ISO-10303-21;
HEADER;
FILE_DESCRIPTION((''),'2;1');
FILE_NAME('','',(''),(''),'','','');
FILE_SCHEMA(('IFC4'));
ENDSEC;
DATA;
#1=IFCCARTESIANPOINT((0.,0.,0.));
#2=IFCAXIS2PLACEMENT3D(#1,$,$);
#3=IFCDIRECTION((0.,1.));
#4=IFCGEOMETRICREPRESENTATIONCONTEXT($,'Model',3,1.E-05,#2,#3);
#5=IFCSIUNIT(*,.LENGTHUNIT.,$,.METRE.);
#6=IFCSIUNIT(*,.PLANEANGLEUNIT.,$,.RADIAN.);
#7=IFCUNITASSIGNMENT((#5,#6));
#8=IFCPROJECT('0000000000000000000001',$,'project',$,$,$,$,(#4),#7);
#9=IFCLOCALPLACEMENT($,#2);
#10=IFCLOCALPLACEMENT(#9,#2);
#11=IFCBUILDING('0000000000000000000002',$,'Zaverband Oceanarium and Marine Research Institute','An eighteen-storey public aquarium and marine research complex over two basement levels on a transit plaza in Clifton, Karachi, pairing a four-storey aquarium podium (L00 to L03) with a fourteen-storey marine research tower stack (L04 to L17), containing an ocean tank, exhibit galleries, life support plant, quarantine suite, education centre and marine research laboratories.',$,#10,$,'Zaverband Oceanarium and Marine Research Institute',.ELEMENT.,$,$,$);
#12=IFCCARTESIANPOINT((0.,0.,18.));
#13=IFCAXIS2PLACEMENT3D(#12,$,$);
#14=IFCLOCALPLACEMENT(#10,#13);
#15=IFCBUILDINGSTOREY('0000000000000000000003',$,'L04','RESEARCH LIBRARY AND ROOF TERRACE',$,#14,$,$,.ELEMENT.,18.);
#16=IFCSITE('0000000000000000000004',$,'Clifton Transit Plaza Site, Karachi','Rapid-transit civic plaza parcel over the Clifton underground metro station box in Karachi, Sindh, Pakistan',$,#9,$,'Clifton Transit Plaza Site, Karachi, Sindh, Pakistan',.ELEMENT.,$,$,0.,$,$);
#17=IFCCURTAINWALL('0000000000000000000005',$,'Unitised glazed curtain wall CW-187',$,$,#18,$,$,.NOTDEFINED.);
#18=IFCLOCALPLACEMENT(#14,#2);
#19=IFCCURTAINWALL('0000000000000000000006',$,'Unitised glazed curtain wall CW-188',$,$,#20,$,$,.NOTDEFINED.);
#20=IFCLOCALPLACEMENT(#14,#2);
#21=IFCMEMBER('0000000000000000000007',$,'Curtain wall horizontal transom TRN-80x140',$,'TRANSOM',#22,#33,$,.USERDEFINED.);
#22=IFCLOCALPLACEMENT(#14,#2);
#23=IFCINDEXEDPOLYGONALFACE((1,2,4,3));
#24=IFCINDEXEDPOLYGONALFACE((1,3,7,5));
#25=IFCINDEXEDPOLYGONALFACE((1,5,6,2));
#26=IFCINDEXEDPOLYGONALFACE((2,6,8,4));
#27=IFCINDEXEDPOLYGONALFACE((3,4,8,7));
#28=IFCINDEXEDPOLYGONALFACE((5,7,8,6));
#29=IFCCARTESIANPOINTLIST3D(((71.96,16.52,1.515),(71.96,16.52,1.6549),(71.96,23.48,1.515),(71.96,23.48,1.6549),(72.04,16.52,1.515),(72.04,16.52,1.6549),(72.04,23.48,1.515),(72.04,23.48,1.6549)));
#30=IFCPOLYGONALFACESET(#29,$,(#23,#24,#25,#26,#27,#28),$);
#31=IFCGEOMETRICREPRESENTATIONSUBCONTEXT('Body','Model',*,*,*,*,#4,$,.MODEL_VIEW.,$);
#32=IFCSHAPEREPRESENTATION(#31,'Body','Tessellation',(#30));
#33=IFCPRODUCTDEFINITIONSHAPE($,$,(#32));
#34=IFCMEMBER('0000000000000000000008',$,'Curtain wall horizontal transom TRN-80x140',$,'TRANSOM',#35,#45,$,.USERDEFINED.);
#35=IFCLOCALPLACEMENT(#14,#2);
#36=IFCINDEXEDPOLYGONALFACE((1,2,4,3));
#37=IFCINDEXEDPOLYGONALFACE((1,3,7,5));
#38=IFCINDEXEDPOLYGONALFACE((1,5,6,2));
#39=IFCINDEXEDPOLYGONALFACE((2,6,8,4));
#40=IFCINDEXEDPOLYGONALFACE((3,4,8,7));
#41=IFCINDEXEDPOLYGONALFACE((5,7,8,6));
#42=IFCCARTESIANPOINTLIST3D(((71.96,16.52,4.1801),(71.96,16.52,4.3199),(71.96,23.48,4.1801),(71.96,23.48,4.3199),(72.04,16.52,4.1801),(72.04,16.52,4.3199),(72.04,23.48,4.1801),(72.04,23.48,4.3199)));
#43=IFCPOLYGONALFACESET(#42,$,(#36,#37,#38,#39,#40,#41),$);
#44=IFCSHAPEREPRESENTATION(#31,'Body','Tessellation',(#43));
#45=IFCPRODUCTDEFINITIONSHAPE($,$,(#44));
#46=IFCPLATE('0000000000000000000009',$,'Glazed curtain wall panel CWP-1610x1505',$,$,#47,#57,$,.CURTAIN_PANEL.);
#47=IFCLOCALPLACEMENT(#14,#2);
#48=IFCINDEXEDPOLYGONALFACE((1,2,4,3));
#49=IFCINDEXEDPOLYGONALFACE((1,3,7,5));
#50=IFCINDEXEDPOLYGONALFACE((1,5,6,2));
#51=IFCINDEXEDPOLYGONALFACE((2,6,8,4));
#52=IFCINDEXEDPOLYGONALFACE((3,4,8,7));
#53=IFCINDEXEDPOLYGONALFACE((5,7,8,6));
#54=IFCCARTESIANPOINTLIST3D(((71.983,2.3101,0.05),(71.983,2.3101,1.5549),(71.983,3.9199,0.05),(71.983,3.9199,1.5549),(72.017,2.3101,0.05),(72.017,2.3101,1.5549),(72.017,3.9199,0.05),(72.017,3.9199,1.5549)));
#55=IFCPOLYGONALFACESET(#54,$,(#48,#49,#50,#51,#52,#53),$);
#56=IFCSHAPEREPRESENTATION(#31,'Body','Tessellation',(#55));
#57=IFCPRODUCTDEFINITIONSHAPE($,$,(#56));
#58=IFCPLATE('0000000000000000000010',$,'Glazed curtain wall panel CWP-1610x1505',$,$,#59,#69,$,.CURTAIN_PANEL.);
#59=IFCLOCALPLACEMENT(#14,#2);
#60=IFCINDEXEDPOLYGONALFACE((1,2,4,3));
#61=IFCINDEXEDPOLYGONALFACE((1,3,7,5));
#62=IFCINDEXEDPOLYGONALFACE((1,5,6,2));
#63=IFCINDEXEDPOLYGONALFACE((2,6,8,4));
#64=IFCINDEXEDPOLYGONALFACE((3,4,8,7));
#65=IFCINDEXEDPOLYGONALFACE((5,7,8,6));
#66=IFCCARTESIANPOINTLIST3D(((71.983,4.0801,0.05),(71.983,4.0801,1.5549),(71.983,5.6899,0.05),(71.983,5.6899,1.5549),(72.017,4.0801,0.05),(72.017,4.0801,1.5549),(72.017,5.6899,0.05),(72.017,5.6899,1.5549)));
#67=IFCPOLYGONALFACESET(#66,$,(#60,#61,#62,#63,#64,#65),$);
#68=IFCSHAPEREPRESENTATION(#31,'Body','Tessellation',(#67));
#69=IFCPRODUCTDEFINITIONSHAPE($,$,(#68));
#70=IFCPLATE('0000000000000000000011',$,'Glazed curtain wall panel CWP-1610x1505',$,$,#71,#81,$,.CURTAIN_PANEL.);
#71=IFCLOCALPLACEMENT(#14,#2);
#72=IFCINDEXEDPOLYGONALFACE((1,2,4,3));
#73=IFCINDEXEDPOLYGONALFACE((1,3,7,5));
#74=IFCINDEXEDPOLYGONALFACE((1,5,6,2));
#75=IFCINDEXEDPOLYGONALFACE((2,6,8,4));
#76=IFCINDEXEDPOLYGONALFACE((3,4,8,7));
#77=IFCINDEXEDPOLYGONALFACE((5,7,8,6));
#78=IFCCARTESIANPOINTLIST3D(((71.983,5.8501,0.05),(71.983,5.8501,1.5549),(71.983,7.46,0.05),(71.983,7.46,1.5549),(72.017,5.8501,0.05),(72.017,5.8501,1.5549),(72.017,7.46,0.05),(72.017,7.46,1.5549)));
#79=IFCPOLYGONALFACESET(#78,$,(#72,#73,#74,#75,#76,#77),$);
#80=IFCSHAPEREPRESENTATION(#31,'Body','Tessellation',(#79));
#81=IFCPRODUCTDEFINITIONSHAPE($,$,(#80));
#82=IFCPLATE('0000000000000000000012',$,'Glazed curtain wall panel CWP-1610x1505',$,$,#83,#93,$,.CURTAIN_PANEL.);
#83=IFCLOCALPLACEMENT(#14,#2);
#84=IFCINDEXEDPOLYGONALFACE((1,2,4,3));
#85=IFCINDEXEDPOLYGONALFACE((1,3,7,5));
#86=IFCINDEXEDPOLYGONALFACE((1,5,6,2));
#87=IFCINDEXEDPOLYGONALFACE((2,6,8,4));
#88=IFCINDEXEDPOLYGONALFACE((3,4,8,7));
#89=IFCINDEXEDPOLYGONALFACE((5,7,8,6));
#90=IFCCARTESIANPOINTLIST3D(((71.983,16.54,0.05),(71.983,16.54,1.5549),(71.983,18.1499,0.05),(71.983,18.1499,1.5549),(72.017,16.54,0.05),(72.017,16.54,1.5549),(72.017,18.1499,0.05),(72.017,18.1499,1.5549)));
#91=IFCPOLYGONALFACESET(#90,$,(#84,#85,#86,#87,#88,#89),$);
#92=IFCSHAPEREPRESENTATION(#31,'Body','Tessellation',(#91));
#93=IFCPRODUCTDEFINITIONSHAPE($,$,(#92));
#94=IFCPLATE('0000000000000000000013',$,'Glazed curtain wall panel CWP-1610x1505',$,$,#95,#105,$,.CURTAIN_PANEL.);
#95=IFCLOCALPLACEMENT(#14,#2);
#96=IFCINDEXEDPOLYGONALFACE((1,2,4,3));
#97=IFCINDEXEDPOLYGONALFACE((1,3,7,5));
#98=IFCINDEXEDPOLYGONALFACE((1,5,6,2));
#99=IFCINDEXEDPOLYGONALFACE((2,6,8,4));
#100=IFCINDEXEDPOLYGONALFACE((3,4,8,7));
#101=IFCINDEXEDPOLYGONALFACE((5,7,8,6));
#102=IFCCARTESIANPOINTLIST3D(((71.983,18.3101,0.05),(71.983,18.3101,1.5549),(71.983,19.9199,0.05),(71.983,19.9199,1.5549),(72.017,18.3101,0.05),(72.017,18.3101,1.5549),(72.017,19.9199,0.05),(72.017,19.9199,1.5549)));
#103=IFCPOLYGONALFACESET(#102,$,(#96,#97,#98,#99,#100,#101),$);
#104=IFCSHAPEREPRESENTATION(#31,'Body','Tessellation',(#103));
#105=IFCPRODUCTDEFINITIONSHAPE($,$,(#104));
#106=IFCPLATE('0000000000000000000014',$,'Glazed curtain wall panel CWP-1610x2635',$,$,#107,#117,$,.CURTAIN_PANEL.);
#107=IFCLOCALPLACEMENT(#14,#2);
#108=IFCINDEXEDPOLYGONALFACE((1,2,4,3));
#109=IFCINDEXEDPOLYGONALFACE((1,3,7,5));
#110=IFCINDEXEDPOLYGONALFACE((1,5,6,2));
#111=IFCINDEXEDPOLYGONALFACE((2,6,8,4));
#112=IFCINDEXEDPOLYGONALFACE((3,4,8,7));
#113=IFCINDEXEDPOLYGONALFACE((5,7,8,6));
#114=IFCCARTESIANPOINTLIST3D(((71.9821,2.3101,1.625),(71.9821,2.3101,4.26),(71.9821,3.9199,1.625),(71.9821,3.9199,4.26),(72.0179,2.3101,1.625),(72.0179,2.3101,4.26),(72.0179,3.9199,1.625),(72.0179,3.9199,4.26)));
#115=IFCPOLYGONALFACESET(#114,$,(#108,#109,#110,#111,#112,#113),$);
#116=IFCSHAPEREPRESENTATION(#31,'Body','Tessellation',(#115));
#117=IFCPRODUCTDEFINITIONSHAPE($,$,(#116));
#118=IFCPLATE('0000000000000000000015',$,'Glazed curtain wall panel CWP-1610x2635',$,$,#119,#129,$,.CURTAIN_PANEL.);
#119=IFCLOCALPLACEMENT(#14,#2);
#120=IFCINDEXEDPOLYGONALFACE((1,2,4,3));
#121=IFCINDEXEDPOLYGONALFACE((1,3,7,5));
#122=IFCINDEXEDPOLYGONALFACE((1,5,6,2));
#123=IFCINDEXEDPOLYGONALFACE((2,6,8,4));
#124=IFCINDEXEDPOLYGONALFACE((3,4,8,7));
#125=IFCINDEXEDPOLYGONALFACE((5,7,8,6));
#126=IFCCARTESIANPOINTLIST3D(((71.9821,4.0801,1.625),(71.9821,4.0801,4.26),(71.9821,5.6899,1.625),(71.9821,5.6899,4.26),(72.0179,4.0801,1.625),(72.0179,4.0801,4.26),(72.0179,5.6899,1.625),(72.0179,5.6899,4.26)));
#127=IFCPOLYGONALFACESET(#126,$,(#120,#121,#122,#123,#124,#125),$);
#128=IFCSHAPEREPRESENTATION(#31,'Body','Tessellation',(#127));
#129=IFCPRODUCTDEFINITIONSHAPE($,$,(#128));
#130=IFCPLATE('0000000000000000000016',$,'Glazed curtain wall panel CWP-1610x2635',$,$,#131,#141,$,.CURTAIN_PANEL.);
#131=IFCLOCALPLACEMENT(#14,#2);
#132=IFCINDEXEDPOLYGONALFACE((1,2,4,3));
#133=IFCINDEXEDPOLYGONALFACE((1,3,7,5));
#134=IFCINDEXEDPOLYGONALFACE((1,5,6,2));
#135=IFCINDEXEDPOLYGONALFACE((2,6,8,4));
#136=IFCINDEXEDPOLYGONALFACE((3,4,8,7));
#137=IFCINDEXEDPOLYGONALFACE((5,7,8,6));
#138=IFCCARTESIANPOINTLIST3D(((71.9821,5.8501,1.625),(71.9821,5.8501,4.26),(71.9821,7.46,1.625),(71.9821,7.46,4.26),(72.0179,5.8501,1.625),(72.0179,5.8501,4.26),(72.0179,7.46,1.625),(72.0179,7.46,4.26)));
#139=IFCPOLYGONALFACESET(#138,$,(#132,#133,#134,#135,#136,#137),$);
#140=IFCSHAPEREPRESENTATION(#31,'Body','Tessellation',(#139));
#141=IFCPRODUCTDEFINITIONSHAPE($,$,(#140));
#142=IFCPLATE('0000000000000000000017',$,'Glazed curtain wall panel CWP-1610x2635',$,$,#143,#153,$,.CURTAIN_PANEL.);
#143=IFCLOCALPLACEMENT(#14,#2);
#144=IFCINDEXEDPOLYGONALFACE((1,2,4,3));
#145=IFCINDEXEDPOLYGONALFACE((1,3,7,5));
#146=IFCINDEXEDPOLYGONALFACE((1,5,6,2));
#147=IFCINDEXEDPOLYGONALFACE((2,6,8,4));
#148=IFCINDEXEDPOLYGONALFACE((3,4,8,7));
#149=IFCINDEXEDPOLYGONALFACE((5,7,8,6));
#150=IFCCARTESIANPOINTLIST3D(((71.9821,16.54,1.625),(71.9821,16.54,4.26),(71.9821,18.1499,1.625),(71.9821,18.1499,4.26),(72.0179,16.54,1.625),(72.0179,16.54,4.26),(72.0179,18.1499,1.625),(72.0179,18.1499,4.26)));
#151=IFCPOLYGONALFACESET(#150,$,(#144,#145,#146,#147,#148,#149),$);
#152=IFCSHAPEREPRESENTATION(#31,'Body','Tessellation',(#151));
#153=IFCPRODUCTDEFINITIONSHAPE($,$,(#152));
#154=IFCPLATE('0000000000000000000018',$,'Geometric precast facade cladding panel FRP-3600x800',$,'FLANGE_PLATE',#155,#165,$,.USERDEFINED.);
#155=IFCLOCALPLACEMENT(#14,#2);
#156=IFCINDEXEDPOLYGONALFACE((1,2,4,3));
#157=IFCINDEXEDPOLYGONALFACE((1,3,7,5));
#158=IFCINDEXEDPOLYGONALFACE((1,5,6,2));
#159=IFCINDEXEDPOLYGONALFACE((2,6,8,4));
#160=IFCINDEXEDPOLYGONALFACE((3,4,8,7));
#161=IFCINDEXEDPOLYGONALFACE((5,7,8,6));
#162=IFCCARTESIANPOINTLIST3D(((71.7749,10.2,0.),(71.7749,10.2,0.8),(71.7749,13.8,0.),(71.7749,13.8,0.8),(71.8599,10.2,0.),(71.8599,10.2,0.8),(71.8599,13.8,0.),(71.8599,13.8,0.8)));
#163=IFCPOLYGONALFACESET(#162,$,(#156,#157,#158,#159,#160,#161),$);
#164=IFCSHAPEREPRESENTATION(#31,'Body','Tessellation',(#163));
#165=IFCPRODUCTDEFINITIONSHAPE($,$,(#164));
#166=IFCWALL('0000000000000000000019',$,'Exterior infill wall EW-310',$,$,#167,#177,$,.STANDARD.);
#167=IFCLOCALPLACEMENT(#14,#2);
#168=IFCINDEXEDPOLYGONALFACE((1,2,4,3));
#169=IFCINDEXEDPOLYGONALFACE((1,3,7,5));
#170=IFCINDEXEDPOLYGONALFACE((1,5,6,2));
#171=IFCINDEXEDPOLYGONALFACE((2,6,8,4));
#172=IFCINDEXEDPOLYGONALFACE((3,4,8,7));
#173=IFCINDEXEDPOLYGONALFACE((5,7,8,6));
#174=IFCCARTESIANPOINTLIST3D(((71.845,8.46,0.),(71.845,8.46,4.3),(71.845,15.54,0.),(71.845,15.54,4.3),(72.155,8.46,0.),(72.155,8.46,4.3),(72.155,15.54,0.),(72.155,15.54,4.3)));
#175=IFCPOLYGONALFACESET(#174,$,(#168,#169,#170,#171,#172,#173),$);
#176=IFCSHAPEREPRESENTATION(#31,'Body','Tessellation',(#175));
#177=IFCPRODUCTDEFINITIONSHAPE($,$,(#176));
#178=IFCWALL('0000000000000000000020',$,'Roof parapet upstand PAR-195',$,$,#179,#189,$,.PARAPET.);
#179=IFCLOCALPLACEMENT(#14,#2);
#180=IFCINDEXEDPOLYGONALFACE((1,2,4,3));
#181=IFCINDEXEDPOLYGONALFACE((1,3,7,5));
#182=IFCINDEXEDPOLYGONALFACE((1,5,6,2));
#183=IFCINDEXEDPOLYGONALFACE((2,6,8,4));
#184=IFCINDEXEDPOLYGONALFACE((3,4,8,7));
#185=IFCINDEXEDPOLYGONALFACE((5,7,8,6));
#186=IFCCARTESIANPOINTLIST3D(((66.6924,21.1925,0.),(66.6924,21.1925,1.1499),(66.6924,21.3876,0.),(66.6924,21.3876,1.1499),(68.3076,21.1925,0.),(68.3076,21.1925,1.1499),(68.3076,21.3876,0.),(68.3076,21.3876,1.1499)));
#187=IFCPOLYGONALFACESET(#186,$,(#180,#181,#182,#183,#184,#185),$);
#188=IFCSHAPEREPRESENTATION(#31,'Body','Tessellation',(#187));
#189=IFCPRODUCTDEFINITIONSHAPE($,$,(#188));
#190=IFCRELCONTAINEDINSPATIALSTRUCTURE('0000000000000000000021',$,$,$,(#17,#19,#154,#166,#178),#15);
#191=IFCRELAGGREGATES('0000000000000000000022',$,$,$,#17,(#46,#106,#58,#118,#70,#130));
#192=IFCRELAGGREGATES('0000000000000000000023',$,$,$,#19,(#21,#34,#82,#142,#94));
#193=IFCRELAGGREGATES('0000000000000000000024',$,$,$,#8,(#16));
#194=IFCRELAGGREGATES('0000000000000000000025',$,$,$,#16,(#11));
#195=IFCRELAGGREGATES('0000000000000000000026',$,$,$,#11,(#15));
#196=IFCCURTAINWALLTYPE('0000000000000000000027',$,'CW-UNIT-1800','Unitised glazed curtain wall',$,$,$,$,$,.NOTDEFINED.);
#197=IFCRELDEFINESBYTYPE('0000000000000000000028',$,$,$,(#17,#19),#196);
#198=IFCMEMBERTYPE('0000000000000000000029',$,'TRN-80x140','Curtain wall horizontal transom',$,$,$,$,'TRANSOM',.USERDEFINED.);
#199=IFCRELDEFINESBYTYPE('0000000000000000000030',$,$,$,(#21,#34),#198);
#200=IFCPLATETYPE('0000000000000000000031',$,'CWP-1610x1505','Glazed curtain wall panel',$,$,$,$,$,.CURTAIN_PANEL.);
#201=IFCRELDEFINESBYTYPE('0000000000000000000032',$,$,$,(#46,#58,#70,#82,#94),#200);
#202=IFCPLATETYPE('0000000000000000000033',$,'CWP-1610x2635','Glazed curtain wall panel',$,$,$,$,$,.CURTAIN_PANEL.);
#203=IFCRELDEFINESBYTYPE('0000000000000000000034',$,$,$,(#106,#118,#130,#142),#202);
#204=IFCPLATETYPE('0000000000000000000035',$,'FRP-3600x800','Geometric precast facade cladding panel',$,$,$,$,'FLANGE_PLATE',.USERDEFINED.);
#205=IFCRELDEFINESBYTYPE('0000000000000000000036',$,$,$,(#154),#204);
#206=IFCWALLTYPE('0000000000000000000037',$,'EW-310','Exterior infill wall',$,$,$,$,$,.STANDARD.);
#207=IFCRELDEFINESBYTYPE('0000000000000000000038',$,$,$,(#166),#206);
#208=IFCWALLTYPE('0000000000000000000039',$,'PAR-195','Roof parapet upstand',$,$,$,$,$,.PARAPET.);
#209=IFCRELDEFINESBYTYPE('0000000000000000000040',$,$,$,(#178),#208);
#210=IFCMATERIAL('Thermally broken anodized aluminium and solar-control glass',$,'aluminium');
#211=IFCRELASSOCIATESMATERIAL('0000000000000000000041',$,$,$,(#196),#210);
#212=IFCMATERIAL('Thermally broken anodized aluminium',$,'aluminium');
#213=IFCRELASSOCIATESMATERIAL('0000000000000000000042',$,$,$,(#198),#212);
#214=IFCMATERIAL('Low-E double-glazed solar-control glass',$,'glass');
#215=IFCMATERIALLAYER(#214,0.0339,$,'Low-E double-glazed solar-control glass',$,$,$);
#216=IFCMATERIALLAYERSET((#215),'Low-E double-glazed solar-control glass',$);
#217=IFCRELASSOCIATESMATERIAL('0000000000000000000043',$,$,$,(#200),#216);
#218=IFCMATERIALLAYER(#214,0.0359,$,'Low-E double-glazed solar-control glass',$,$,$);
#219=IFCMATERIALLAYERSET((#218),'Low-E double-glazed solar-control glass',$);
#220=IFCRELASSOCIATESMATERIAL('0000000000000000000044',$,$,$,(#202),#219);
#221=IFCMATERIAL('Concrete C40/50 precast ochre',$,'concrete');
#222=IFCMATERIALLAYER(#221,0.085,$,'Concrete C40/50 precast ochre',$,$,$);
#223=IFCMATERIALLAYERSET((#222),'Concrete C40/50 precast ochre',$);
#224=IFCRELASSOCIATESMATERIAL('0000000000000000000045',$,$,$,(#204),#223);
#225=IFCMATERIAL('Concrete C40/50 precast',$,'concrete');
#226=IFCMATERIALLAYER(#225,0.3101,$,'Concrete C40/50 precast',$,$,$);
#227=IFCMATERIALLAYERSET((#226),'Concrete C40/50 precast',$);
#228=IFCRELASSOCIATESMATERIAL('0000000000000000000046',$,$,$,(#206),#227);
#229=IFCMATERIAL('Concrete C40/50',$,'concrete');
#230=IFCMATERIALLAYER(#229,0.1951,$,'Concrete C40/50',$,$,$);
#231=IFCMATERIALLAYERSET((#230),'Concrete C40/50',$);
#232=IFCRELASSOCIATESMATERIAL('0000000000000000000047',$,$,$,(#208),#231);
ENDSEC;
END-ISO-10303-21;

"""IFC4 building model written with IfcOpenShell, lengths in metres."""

from ifc_helpers import new_model, si_unit, direction, frame, frame_2d, origin, origin_2d, place, context, subcontext, project, spatial, rectangle, extrude, material, layer, layer_set, material_profile, profile_set, type_object, element, aggregate, save


model = new_model("IFC4")

# Units and contexts
model_context = context("Model", 3, precision=1e-05, world=origin(), true_north=direction((0.0, 1.0)))
body_context = subcontext(model_context, "Body", "Model", "MODEL_VIEW")
ifc_project = project(units=[si_unit("LENGTHUNIT", "METRE"), si_unit("PLANEANGLEUNIT", "RADIAN")], contexts=[model_context])

# Site, building, storey
site_placement = place(None, origin())
site = spatial("IfcSite", under=ifc_project, at=site_placement, Name="Clifton Transit Plaza Site, Karachi", Description="Rapid-transit civic plaza parcel over the Clifton underground metro station box in Karachi, Sindh, Pakistan", LongName="Clifton Transit Plaza Site, Karachi, Sindh, Pakistan", CompositionType="ELEMENT", RefElevation=0.0)
building_placement = place(site_placement, origin())
building = spatial("IfcBuilding", under=site, at=building_placement, Name="Zaverband Oceanarium and Marine Research Institute", Description="An eighteen-storey public aquarium and marine research complex over two basement levels on a transit plaza in Clifton, Karachi, pairing a four-storey aquarium podium (L00 to L03) with a fourteen-storey marine research tower stack (L04 to L17), containing an ocean tank, exhibit galleries, life support plant, quarantine suite, education centre and marine research laboratories.", LongName="Zaverband Oceanarium and Marine Research Institute", CompositionType="ELEMENT")
storey_placement = place(building_placement, frame((0.0, 0.0, 18.0)))
storey = spatial("IfcBuildingStorey", under=building, at=storey_placement, Name="L04", Description="RESEARCH LIBRARY AND ROOF TERRACE", CompositionType="ELEMENT", Elevation=18.0)

# Curtain walls
ifc_material_1 = material(Name="Thermally broken anodized aluminium and solar-control glass", Category="aluminium")
curtain_wall_type = type_object("IfcCurtainWallType", Name="CW-UNIT-1800", Description="Unitised glazed curtain wall", PredefinedType="NOTDEFINED", material=ifc_material_1)
curtain_wall_1_placement = place(storey_placement, origin())
curtain_wall_1 = element("IfcCurtainWall", 1, at=curtain_wall_1_placement, inside=storey, type_object=curtain_wall_type, Name="Unitised glazed curtain wall CW-187", PredefinedType="NOTDEFINED")
ifc_material_2 = material(Name="Thermally broken anodized aluminium", Category="aluminium")
curtain_wall_2_placement = place(storey_placement, origin())
curtain_wall_2 = element("IfcCurtainWall", 2, at=curtain_wall_2_placement, inside=storey, type_object=curtain_wall_type, Name="Unitised glazed curtain wall CW-188", PredefinedType="NOTDEFINED")

# Members
ifc_material_profile_1 = material_profile(ifc_material_2, rectangle(XDim=0.0801, YDim=0.1399, at=origin_2d()), Name="AL-TRN-80x140")
ifc_profile_set_1 = profile_set([ifc_material_profile_1], Name="Thermally broken anodized aluminium")
member_type_1 = type_object("IfcMemberType", Name="TRN-80x140", Description="Curtain wall horizontal transom", ElementType="TRANSOM", PredefinedType="USERDEFINED", material=ifc_profile_set_1)
member_1_placement = place(storey_placement, frame((72.0, 16.52, 1.585), z_axis=(0.0, 1.0, 0.0), x_axis=(-1.0, 0.0, 0.0)))
member_1 = element("IfcMember", 3, at=member_1_placement, type_object=member_type_1, Name="Curtain wall horizontal transom TRN-80x140", ObjectType="TRANSOM", PredefinedType="USERDEFINED", context=body_context, shape_type="SweptSolid", body=[
    extrude(rectangle(XDim=0.0801, YDim=0.1399, at=origin_2d()), origin(), (0.0, 0.0, 1.0), 6.96),
])
member_2_placement = place(storey_placement, frame((72.0, 16.52, 4.25), z_axis=(0.0, 1.0, 0.0), x_axis=(-1.0, 0.0, 0.0)))
member_2 = element("IfcMember", 4, at=member_2_placement, type_object=member_type_1, Name="Curtain wall horizontal transom TRN-80x140", ObjectType="TRANSOM", PredefinedType="USERDEFINED", context=body_context, shape_type="SweptSolid", body=[
    extrude(rectangle(XDim=0.0801, YDim=0.1399, at=origin_2d()), origin(), (0.0, 0.0, 1.0), 6.96),
])

# Plates
ifc_material_3 = material(Name="Low-E double-glazed solar-control glass", Category="glass")
ifc_layer_1 = layer(ifc_material_3, 0.0339, Name="Low-E double-glazed solar-control glass")
ifc_layer_set_1 = layer_set([ifc_layer_1], Name="Low-E double-glazed solar-control glass")
plate_type_1 = type_object("IfcPlateType", Name="CWP-1610x1505", Description="Glazed curtain wall panel", PredefinedType="CURTAIN_PANEL", material=ifc_layer_set_1)
plate_1_placement = place(storey_placement, frame((72.0, 2.3101, 0.05), z_axis=(0.0, 0.0, 1.0), x_axis=(0.0, 1.0, 0.0)))
plate_1 = element("IfcPlate", 5, at=plate_1_placement, type_object=plate_type_1, Name="Glazed curtain wall panel CWP-1610x1505", PredefinedType="CURTAIN_PANEL", context=body_context, shape_type="SweptSolid", body=[
    extrude(rectangle(XDim=1.6099, YDim=0.0339, at=frame_2d((0.8049, 0.0))), origin(), (0.0, 0.0, 1.0), 1.5049),
])
plate_2_placement = place(storey_placement, frame((72.0, 4.0801, 0.05), z_axis=(0.0, 0.0, 1.0), x_axis=(0.0, 1.0, 0.0)))
plate_2 = element("IfcPlate", 6, at=plate_2_placement, type_object=plate_type_1, Name="Glazed curtain wall panel CWP-1610x1505", PredefinedType="CURTAIN_PANEL", context=body_context, shape_type="SweptSolid", body=[
    extrude(rectangle(XDim=1.6099, YDim=0.0339, at=frame_2d((0.8049, 0.0))), origin(), (0.0, 0.0, 1.0), 1.5049),
])
plate_3_placement = place(storey_placement, frame((72.0, 5.8501, 0.05), z_axis=(0.0, 0.0, 1.0), x_axis=(0.0, 1.0, 0.0)))
plate_3 = element("IfcPlate", 7, at=plate_3_placement, type_object=plate_type_1, Name="Glazed curtain wall panel CWP-1610x1505", PredefinedType="CURTAIN_PANEL", context=body_context, shape_type="SweptSolid", body=[
    extrude(rectangle(XDim=1.6099, YDim=0.0339, at=frame_2d((0.8049, 0.0))), origin(), (0.0, 0.0, 1.0), 1.5049),
])
plate_4_placement = place(storey_placement, frame((72.0, 16.54, 0.05), z_axis=(0.0, 0.0, 1.0), x_axis=(0.0, 1.0, 0.0)))
plate_4 = element("IfcPlate", 8, at=plate_4_placement, type_object=plate_type_1, Name="Glazed curtain wall panel CWP-1610x1505", PredefinedType="CURTAIN_PANEL", context=body_context, shape_type="SweptSolid", body=[
    extrude(rectangle(XDim=1.6099, YDim=0.0339, at=frame_2d((0.8049, 0.0))), origin(), (0.0, 0.0, 1.0), 1.5049),
])
plate_5_placement = place(storey_placement, frame((72.0, 18.3101, 0.05), z_axis=(0.0, 0.0, 1.0), x_axis=(0.0, 1.0, 0.0)))
plate_5 = element("IfcPlate", 9, at=plate_5_placement, type_object=plate_type_1, Name="Glazed curtain wall panel CWP-1610x1505", PredefinedType="CURTAIN_PANEL", context=body_context, shape_type="SweptSolid", body=[
    extrude(rectangle(XDim=1.6099, YDim=0.0339, at=frame_2d((0.8049, 0.0))), origin(), (0.0, 0.0, 1.0), 1.5049),
])
ifc_layer_2 = layer(ifc_material_3, 0.0359, Name="Low-E double-glazed solar-control glass")
ifc_layer_set_2 = layer_set([ifc_layer_2], Name="Low-E double-glazed solar-control glass")
plate_type_2 = type_object("IfcPlateType", Name="CWP-1610x2635", Description="Glazed curtain wall panel", PredefinedType="CURTAIN_PANEL", material=ifc_layer_set_2)
plate_6_placement = place(storey_placement, frame((72.0, 2.3101, 1.625), z_axis=(0.0, 0.0, 1.0), x_axis=(0.0, 1.0, 0.0)))
plate_6 = element("IfcPlate", 10, at=plate_6_placement, type_object=plate_type_2, Name="Glazed curtain wall panel CWP-1610x2635", PredefinedType="CURTAIN_PANEL", context=body_context, shape_type="SweptSolid", body=[
    extrude(rectangle(XDim=1.6099, YDim=0.0359, at=frame_2d((0.8049, 0.0))), origin(), (0.0, 0.0, 1.0), 2.635),
])
plate_7_placement = place(storey_placement, frame((72.0, 4.0801, 1.625), z_axis=(0.0, 0.0, 1.0), x_axis=(0.0, 1.0, 0.0)))
plate_7 = element("IfcPlate", 11, at=plate_7_placement, type_object=plate_type_2, Name="Glazed curtain wall panel CWP-1610x2635", PredefinedType="CURTAIN_PANEL", context=body_context, shape_type="SweptSolid", body=[
    extrude(rectangle(XDim=1.6099, YDim=0.0359, at=frame_2d((0.8049, 0.0))), origin(), (0.0, 0.0, 1.0), 2.635),
])
plate_8_placement = place(storey_placement, frame((72.0, 5.8501, 1.625), z_axis=(0.0, 0.0, 1.0), x_axis=(0.0, 1.0, 0.0)))
plate_8 = element("IfcPlate", 12, at=plate_8_placement, type_object=plate_type_2, Name="Glazed curtain wall panel CWP-1610x2635", PredefinedType="CURTAIN_PANEL", context=body_context, shape_type="SweptSolid", body=[
    extrude(rectangle(XDim=1.6099, YDim=0.0359, at=frame_2d((0.8049, 0.0))), origin(), (0.0, 0.0, 1.0), 2.635),
])
aggregate(curtain_wall_1, [plate_1, plate_6, plate_2, plate_7, plate_3, plate_8])
plate_9_placement = place(storey_placement, frame((72.0, 16.54, 1.625), z_axis=(0.0, 0.0, 1.0), x_axis=(0.0, 1.0, 0.0)))
plate_9 = element("IfcPlate", 13, at=plate_9_placement, type_object=plate_type_2, Name="Glazed curtain wall panel CWP-1610x2635", PredefinedType="CURTAIN_PANEL", context=body_context, shape_type="SweptSolid", body=[
    extrude(rectangle(XDim=1.6099, YDim=0.0359, at=frame_2d((0.8049, 0.0))), origin(), (0.0, 0.0, 1.0), 2.635),
])
aggregate(curtain_wall_2, [member_1, member_2, plate_4, plate_9, plate_5])
ifc_material_4 = material(Name="Concrete C40/50 precast ochre", Category="concrete")
ifc_layer_3 = layer(ifc_material_4, 0.085, Name="Concrete C40/50 precast ochre")
ifc_layer_set_3 = layer_set([ifc_layer_3], Name="Concrete C40/50 precast ochre")
plate_type_3 = type_object("IfcPlateType", Name="FRP-3600x800", Description="Geometric precast facade cladding panel", ElementType="FLANGE_PLATE", PredefinedType="USERDEFINED", material=ifc_layer_set_3)
plate_10_placement = place(storey_placement, frame((71.8174, 10.2, 0.0), z_axis=(0.0, 0.0, 1.0), x_axis=(0.0, 1.0, 0.0)))
element("IfcPlate", 14, at=plate_10_placement, inside=storey, type_object=plate_type_3, Name="Geometric precast facade cladding panel FRP-3600x800", ObjectType="FLANGE_PLATE", PredefinedType="USERDEFINED", context=body_context, shape_type="SweptSolid", body=[
    extrude(rectangle(XDim=3.6001, YDim=0.085, at=frame_2d((1.8, 0.0))), origin(), (0.0, 0.0, 1.0), 0.8),
])

# Walls
ifc_material_5 = material(Name="Concrete C40/50 precast", Category="concrete")
ifc_layer_4 = layer(ifc_material_5, 0.3101, Name="Concrete C40/50 precast")
ifc_layer_set_4 = layer_set([ifc_layer_4], Name="Concrete C40/50 precast")
wall_type_1 = type_object("IfcWallType", Name="EW-310", Description="Exterior infill wall", PredefinedType="STANDARD", material=ifc_layer_set_4)
wall_placement = place(storey_placement, frame((72.0, 8.46, 0.0), z_axis=(0.0, 0.0, 1.0), x_axis=(0.0, 1.0, 0.0)))
element("IfcWall", 15, at=wall_placement, inside=storey, type_object=wall_type_1, Name="Exterior infill wall EW-310", PredefinedType="STANDARD", context=body_context, shape_type="SweptSolid", body=[
    extrude(rectangle(XDim=7.0801, YDim=0.3101, at=frame_2d((3.54, 0.0))), origin(), (0.0, 0.0, 1.0), 4.3),
])
ifc_material_6 = material(Name="Concrete C40/50", Category="concrete")
ifc_layer_5 = layer(ifc_material_6, 0.1951, Name="Concrete C40/50")
ifc_layer_set_5 = layer_set([ifc_layer_5], Name="Concrete C40/50")
wall_type_2 = type_object("IfcWallType", Name="PAR-195", Description="Roof parapet upstand", PredefinedType="PARAPET", material=ifc_layer_set_5)
for number, where, z_axis, x_axis, name in (
    (16, (66.6924, 21.29, 0.0), (0.0, 0.0, 1.0), (1.0, 0.0, 0.0), "Roof parapet upstand PAR-195"),
):
    element("IfcWall", number, at=place(storey_placement, frame(where, z_axis=z_axis, x_axis=x_axis)), inside=storey, type_object=wall_type_2, Name=name, PredefinedType="PARAPET", context=body_context, shape_type="SweptSolid", body=[
        extrude(rectangle(XDim=1.6152, YDim=0.1951, at=frame_2d((0.8076, 0.0))), origin(), (0.0, 0.0, 1.0), 1.1499),
    ])

save(model, "model.ifc")
